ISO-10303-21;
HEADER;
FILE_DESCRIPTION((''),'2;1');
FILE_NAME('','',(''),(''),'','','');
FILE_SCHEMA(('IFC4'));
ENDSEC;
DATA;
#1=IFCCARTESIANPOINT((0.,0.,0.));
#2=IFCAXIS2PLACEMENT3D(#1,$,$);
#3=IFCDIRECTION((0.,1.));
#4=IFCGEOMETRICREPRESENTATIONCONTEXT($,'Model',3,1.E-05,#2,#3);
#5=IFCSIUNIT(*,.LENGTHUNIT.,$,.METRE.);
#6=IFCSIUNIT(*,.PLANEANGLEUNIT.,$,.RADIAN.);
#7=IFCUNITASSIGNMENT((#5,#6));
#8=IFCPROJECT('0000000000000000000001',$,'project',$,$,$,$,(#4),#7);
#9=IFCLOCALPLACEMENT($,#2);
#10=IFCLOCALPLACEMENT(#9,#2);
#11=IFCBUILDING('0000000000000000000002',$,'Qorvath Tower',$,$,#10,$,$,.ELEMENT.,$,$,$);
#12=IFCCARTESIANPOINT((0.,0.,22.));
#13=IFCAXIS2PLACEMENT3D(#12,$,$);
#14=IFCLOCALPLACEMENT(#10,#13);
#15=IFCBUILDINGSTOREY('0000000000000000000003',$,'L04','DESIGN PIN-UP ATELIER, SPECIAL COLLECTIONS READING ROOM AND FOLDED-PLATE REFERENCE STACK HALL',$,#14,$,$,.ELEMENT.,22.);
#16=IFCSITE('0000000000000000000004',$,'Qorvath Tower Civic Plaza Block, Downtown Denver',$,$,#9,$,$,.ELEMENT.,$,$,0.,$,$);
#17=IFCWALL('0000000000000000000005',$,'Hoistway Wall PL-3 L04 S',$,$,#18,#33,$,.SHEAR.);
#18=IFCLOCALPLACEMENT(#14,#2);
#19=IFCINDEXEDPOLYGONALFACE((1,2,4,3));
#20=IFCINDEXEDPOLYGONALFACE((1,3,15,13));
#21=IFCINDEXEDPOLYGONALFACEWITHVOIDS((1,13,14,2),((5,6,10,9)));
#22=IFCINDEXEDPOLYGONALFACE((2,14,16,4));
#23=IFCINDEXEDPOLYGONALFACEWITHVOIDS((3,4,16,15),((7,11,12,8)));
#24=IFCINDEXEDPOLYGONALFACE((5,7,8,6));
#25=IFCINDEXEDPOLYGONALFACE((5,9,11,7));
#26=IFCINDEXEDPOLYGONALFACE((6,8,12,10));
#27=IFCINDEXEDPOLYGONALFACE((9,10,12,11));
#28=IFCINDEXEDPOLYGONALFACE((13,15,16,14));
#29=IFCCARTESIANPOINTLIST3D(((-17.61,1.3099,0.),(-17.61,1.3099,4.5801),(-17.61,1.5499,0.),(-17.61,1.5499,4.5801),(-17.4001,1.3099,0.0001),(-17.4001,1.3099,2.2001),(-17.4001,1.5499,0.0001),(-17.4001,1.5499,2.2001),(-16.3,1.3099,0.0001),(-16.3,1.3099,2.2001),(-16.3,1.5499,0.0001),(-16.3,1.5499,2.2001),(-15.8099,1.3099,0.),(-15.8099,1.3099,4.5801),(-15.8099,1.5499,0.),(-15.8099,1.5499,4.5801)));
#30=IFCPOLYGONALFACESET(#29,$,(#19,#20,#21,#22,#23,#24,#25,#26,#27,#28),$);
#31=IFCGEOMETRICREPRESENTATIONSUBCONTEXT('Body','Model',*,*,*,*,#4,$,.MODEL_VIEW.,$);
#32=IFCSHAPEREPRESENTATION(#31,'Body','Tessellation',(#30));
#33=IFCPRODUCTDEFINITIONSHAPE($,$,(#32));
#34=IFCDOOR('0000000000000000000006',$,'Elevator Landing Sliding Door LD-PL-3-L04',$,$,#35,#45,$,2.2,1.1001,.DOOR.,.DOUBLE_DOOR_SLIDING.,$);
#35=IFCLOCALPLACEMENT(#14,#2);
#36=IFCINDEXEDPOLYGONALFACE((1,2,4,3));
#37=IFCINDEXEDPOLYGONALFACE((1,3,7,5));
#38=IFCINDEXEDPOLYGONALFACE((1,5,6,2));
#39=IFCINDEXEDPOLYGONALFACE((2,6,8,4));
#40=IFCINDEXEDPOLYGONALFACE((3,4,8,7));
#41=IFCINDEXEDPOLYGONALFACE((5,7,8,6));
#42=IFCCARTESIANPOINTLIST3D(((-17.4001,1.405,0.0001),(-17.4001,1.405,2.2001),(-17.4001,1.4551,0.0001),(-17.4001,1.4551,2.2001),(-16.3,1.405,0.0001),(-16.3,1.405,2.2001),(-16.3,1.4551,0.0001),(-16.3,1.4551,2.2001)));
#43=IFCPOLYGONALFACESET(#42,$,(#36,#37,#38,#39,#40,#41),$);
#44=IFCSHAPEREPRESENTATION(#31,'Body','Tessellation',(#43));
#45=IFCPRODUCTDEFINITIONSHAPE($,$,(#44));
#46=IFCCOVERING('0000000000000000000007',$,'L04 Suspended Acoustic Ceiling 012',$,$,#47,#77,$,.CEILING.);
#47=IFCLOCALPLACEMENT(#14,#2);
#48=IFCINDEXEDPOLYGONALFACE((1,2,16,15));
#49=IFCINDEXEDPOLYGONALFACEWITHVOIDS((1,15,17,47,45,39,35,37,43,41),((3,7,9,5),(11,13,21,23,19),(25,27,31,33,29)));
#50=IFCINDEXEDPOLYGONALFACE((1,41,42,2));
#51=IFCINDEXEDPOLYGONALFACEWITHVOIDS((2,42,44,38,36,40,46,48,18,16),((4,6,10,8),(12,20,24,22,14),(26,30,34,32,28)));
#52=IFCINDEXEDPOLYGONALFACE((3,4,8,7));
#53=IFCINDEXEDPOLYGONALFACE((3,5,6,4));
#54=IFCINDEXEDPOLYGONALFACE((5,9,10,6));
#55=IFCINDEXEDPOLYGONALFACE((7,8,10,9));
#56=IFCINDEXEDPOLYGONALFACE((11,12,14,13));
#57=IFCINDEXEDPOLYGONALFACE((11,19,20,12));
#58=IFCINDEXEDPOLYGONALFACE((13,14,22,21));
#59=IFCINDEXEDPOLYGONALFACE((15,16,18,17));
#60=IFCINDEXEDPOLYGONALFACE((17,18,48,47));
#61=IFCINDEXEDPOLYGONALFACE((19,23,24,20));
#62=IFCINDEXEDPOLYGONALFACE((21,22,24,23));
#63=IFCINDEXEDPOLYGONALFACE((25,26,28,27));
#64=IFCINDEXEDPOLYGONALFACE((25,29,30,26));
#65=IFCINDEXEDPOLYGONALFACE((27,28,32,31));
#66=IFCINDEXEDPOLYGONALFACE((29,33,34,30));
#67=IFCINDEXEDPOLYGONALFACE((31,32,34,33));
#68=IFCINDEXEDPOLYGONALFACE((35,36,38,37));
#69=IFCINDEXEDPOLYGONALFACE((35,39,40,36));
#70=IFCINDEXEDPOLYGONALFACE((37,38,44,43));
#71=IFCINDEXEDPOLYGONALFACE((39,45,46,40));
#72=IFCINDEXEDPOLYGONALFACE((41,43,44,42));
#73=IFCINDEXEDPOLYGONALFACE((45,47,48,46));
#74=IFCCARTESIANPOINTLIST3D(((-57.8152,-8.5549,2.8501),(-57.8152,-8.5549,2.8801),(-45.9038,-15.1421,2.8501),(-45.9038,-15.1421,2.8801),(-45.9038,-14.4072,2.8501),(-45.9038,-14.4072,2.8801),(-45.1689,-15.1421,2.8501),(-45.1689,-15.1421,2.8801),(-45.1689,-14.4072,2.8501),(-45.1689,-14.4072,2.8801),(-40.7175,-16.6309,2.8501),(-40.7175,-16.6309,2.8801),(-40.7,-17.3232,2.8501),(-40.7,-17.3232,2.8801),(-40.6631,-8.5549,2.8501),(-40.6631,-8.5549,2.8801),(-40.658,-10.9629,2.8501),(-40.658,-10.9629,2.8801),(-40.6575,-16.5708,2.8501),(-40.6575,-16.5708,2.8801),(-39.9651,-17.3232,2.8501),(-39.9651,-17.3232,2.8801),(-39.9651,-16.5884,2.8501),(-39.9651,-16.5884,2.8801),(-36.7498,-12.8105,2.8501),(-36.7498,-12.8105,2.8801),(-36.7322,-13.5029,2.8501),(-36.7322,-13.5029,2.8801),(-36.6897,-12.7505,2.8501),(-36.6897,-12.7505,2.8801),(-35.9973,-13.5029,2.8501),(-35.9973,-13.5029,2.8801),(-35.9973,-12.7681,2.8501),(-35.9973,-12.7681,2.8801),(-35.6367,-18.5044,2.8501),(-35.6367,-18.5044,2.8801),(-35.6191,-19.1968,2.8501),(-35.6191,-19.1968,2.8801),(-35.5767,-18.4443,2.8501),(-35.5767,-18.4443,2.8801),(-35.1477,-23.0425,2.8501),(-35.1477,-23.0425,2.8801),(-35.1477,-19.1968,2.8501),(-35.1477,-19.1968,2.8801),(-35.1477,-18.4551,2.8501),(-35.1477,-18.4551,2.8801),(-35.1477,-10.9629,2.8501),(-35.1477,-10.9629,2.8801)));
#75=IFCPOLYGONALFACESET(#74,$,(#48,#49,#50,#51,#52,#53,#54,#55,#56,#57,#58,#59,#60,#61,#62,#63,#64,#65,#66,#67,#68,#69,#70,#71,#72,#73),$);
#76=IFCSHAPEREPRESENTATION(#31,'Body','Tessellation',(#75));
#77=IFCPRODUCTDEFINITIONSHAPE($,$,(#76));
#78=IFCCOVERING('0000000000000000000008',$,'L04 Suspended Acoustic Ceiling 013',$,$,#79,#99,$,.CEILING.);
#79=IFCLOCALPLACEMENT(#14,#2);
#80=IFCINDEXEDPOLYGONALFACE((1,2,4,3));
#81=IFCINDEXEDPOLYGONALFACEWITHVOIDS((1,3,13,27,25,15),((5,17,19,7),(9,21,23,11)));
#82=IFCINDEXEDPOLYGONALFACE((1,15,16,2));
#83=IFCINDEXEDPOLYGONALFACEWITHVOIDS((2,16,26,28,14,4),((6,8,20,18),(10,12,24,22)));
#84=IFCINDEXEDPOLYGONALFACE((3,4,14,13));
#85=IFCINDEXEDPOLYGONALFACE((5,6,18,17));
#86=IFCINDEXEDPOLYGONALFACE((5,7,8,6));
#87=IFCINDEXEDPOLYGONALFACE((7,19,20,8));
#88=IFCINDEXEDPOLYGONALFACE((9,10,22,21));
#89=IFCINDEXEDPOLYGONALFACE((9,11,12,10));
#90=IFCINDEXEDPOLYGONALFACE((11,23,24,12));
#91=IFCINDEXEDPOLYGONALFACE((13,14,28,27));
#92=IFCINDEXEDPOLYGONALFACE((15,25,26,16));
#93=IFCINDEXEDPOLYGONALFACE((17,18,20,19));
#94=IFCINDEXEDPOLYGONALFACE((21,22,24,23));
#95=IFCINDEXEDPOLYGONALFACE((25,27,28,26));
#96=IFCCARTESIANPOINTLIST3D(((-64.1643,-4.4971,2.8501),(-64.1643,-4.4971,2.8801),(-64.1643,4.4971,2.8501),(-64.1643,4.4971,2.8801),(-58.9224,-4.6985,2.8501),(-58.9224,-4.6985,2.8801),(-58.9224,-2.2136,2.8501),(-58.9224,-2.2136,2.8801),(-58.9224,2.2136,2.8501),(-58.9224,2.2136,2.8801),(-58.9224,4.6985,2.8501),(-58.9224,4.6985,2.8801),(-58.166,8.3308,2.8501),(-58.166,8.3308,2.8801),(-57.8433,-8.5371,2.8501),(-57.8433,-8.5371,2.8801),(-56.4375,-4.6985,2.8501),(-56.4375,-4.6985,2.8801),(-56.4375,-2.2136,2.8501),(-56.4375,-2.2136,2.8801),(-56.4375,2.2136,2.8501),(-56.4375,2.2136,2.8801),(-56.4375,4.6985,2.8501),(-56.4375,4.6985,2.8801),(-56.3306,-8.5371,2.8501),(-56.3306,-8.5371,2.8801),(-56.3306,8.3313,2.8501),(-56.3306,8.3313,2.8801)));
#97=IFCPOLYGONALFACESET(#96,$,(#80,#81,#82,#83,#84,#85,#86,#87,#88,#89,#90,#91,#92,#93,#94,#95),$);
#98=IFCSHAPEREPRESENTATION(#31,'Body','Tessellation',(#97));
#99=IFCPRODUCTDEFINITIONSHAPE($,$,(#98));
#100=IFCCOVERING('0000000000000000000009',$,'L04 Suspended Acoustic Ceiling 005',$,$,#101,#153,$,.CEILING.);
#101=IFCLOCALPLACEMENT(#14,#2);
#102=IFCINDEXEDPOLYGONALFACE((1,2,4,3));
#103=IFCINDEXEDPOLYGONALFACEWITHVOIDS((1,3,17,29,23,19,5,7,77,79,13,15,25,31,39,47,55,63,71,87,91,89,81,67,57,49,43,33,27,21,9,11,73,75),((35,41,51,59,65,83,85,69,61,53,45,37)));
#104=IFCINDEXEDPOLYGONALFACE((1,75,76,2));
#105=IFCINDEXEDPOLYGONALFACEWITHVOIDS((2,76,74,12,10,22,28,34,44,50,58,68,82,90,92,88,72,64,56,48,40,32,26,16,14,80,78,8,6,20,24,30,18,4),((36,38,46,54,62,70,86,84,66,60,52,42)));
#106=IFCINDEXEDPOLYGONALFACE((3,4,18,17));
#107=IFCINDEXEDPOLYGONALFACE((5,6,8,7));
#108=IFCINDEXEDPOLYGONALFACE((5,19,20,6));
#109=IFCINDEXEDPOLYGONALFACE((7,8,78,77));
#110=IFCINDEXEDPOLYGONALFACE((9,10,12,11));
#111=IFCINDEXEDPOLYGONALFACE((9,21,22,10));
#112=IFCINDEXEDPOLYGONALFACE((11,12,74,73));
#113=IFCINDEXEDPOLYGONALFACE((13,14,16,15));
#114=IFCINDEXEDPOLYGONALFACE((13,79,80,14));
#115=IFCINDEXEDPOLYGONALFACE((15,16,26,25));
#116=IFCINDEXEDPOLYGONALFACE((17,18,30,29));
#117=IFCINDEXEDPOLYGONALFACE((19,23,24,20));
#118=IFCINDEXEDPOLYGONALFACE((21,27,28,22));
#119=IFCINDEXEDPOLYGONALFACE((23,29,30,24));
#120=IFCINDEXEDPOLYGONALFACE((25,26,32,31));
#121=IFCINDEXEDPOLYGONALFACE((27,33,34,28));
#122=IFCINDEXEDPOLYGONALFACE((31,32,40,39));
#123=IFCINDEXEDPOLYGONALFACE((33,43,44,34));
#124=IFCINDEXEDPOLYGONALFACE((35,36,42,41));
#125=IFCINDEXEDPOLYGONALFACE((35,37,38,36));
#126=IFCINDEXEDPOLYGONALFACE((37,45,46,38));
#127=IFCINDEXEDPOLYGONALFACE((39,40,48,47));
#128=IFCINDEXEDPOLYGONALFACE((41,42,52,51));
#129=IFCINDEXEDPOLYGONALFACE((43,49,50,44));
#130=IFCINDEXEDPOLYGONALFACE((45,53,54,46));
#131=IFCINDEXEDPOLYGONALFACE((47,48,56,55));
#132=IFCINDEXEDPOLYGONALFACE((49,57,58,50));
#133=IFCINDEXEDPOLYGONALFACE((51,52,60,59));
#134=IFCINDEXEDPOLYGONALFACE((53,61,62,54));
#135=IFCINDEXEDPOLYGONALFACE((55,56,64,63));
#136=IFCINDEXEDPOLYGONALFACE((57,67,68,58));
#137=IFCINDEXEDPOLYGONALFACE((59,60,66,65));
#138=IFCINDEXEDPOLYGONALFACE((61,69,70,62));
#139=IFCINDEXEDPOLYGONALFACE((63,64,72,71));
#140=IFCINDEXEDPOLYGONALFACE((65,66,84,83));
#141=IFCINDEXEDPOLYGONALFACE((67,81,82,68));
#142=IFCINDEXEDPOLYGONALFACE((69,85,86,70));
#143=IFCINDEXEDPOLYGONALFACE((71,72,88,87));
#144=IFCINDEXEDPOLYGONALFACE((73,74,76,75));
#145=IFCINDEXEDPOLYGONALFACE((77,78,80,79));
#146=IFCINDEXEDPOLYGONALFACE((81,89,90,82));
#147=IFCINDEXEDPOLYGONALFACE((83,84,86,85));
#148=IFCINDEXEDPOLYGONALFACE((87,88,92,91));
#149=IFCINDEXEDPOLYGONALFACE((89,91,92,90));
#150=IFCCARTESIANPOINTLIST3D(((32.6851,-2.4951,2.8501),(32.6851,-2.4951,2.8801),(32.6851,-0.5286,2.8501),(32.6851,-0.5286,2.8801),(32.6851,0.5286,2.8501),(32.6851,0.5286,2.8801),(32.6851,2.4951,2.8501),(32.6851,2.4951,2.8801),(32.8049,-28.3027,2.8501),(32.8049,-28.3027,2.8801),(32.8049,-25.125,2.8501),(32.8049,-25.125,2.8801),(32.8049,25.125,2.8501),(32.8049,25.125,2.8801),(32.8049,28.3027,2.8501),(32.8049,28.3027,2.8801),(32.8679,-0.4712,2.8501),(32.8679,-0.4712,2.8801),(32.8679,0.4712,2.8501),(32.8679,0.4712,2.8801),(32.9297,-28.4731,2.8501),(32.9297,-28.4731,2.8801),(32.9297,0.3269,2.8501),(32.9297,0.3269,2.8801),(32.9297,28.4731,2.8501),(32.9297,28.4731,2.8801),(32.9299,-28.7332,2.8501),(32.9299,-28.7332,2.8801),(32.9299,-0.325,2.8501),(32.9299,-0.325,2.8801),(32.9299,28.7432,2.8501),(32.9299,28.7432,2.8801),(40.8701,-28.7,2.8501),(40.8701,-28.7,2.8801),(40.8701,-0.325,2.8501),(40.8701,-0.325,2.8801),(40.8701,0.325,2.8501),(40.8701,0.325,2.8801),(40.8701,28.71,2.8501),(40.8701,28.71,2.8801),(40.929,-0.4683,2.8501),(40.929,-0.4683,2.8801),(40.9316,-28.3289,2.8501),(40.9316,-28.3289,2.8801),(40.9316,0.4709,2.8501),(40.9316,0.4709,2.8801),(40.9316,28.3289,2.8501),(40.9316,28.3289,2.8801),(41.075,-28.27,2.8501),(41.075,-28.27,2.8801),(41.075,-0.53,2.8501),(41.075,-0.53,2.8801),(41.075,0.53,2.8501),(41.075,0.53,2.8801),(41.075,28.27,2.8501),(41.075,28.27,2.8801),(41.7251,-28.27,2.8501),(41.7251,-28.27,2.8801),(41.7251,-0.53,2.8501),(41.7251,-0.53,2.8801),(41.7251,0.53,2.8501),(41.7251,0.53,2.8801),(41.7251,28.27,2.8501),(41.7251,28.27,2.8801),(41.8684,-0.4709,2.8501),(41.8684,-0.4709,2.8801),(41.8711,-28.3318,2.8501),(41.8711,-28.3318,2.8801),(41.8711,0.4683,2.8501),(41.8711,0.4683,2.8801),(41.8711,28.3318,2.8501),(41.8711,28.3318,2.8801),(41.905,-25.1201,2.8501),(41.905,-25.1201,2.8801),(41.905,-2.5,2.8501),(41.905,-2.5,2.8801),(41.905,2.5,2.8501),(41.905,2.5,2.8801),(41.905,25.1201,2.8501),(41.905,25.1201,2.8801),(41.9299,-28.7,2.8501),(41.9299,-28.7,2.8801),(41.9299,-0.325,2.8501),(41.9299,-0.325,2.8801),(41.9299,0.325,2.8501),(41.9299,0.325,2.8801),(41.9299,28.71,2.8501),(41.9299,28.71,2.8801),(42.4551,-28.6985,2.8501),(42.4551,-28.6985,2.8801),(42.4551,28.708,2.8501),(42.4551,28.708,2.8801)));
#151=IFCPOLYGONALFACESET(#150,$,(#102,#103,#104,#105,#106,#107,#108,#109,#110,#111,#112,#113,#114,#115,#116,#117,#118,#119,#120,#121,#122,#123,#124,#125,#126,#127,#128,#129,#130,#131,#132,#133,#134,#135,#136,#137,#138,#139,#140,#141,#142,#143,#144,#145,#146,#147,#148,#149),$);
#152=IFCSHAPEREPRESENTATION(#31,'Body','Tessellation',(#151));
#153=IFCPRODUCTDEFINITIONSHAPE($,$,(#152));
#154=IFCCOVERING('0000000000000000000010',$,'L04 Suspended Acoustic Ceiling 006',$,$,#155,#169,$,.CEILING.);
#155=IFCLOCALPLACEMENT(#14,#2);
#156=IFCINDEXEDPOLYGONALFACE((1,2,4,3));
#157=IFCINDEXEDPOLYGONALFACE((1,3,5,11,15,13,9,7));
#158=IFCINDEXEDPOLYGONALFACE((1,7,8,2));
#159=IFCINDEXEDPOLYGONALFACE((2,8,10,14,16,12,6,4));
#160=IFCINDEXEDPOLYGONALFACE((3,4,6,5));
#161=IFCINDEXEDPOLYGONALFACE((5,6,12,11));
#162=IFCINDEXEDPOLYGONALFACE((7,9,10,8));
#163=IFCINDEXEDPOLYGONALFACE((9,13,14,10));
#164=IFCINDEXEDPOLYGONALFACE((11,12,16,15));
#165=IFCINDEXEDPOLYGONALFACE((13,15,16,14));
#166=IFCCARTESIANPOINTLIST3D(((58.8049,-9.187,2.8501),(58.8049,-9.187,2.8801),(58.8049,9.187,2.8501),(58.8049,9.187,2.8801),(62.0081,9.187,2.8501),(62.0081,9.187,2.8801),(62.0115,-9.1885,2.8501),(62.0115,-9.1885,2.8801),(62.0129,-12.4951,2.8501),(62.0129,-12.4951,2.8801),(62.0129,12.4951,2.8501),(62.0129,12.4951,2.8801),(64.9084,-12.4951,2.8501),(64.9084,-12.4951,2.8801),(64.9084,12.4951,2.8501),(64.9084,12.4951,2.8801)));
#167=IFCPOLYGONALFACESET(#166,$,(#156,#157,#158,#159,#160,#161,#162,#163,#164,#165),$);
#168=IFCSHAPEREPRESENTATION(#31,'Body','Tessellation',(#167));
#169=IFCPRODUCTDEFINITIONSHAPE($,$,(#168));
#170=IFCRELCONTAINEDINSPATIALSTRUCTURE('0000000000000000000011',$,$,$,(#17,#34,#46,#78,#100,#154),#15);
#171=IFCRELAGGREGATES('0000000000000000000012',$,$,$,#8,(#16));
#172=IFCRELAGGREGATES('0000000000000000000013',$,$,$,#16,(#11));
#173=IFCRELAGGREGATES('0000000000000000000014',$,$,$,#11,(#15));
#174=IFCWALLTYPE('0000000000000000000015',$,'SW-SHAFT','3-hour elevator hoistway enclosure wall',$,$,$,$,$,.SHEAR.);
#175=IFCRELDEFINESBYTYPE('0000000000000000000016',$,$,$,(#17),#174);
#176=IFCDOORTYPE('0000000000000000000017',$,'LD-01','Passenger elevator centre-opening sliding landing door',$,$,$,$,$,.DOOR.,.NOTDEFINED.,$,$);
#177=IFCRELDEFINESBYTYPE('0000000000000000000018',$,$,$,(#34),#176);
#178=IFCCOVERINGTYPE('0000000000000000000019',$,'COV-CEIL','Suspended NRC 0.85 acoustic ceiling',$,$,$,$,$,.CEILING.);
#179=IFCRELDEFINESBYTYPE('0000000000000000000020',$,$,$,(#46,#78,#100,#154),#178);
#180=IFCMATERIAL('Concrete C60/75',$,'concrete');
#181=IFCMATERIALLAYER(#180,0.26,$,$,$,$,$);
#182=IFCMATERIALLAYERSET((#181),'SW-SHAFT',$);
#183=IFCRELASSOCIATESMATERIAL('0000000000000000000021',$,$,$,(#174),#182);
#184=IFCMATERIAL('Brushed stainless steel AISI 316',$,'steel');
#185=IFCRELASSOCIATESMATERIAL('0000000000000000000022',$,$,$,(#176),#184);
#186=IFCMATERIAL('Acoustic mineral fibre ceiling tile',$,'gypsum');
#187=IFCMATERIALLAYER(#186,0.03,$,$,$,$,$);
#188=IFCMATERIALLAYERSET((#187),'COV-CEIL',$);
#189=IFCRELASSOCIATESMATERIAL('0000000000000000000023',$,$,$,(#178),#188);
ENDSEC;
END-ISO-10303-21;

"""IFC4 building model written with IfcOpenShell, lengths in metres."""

from ifc_helpers import new_model, si_unit, direction, frame, frame_2d, origin, place, context, subcontext, project, spatial, polyline, rectangle, outline, extrude, material, layer, layer_set, type_object, element, fill, save


model = new_model("IFC4")

# Units and contexts
model_context = context("Model", 3, precision=1e-05, world=origin(), true_north=direction((0.0, 1.0)))
body_context = subcontext(model_context, "Body", "Model", "MODEL_VIEW")
ifc_project = project(units=[si_unit("LENGTHUNIT", "METRE"), si_unit("PLANEANGLEUNIT", "RADIAN")], contexts=[model_context])

# Site, building, storey
site_placement = place(None, origin())
site = spatial("IfcSite", under=ifc_project, at=site_placement, Name="Qorvath Tower Civic Plaza Block, Downtown Denver", CompositionType="ELEMENT", RefElevation=0.0)
building_placement = place(site_placement, origin())
building = spatial("IfcBuilding", under=site, at=building_placement, Name="Qorvath Tower", CompositionType="ELEMENT")
storey_placement = place(building_placement, frame((0.0, 0.0, 22.0)))
storey = spatial("IfcBuildingStorey", under=building, at=storey_placement, Name="L04", Description="DESIGN PIN-UP ATELIER, SPECIAL COLLECTIONS READING ROOM AND FOLDED-PLATE REFERENCE STACK HALL", CompositionType="ELEMENT", Elevation=22.0)

# Wall, opening, door
ifc_material_1 = material(Name="Concrete C60/75", Category="concrete")
ifc_layer_1 = layer(ifc_material_1, 0.26)
ifc_layer_set_1 = layer_set([ifc_layer_1], Name="SW-SHAFT")
wall_type = type_object("IfcWallType", Name="SW-SHAFT", Description="3-hour elevator hoistway enclosure wall", PredefinedType="SHEAR", material=ifc_layer_set_1)
wall_placement = place(storey_placement, frame((-15.8101, 1.4299, 0.0), z_axis=(0.0, 0.0, 1.0), x_axis=(-1.0, 0.0, 0.0)))
wall = element("IfcWall", 1, at=wall_placement, inside=storey, type_object=wall_type, Name="Hoistway Wall PL-3 L04 S", PredefinedType="SHEAR", context=body_context, shape_type="SweptSolid", body=[
    extrude(rectangle(XDim=1.8, YDim=0.24, at=frame_2d((0.8999, 0.0))), origin(), (0.0, 0.0, 1.0), 4.5801),
])
opening_placement = place(wall_placement, frame((0.49, 0.0, 0.0)))
opening = element("IfcOpeningElement", 2, at=opening_placement, cuts=wall, PredefinedType="OPENING", context=body_context, shape_type="SweptSolid", body=[
    extrude(rectangle(XDim=1.1001, YDim=2.2, at=frame_2d((0.55, 1.1001))), frame((0.0, 0.1299, 0.0), z_axis=(0.0, -1.0, 0.0), x_axis=(1.0, 0.0, 0.0)), (0.0, 0.0, 1.0), 0.26),
])
ifc_material_2 = material(Name="Brushed stainless steel AISI 316", Category="steel")
door_type = type_object("IfcDoorType", Name="LD-01", Description="Passenger elevator centre-opening sliding landing door", OperationType="NOTDEFINED", PredefinedType="DOOR", material=ifc_material_2)
door_placement = place(opening_placement, origin())
door = element("IfcDoor", 3, at=door_placement, inside=storey, type_object=door_type, Name="Elevator Landing Sliding Door LD-PL-3-L04", OperationType="DOUBLE_DOOR_SLIDING", OverallHeight=2.2, OverallWidth=1.1001, PredefinedType="DOOR", context=body_context, shape_type="SweptSolid", body=[
    extrude(rectangle(XDim=1.1001, YDim=2.2, at=frame_2d((0.55, 1.1001))), frame((0.0, 0.0249, 0.0), z_axis=(0.0, -1.0, 0.0), x_axis=(1.0, 0.0, 0.0)), (0.0, 0.0, 1.0), 0.05),
])
fill(opening, door)

# Coverings
ifc_material_3 = material(Name="Acoustic mineral fibre ceiling tile", Category="gypsum")
ifc_layer_2 = layer(ifc_material_3, 0.03)
ifc_layer_set_2 = layer_set([ifc_layer_2], Name="COV-CEIL")
covering_type_1 = type_object("IfcCoveringType", Name="COV-CEIL", Description="Suspended NRC 0.85 acoustic ceiling", PredefinedType="CEILING", material=ifc_layer_set_2)
covering_1_placement = place(storey_placement, frame((0.0, 0.0, 2.8501)))
element("IfcCovering", 4, at=covering_1_placement, inside=storey, type_object=covering_type_1, Name="L04 Suspended Acoustic Ceiling 012", PredefinedType="CEILING", context=body_context, shape_type="SweptSolid", body=[
    extrude(outline(polyline([(-35.1477, -23.0425), (-35.1477, -19.1968), (-35.6191, -19.1968), (-35.6367, -18.5044), (-35.5767, -18.4443), (-35.1477, -18.4551), (-35.1477, -10.9629), (-40.658, -10.9629), (-40.6631, -8.5549), (-57.8152, -8.5549), (-35.1477, -23.0425)]), holes=[polyline([(-36.7498, -12.8105), (-36.6897, -12.7505), (-35.9973, -12.7681), (-35.9973, -13.5029), (-36.7322, -13.5029), (-36.7498, -12.8105)]), polyline([(-40.7175, -16.6309), (-40.6575, -16.5708), (-39.9651, -16.5884), (-39.9651, -17.3232), (-40.7, -17.3232), (-40.7175, -16.6309)]), polyline([(-45.9038, -14.4072), (-45.1689, -14.4072), (-45.1689, -15.1421), (-45.9038, -15.1421), (-45.9038, -14.4072)])]), origin(), (0.0, 0.0, 1.0), 0.03),
])
covering_2_placement = place(storey_placement, frame((0.0, 0.0, 2.8501)))
element("IfcCovering", 5, at=covering_2_placement, inside=storey, type_object=covering_type_1, Name="L04 Suspended Acoustic Ceiling 013", PredefinedType="CEILING", context=body_context, shape_type="SweptSolid", body=[
    extrude(outline(polyline([(-56.3306, -8.5371), (-56.3306, 8.3313), (-58.166, 8.3308), (-64.1643, 4.4971), (-64.1643, -4.4971), (-57.8433, -8.5371), (-56.3306, -8.5371)]), holes=[polyline([(-58.9224, -2.2136), (-56.4375, -2.2136), (-56.4375, -4.6985), (-58.9224, -4.6985), (-58.9224, -2.2136)]), polyline([(-58.9224, 4.6985), (-56.4375, 4.6985), (-56.4375, 2.2136), (-58.9224, 2.2136), (-58.9224, 4.6985)])]), origin(), (0.0, 0.0, 1.0), 0.03),
])
covering_3_placement = place(storey_placement, frame((0.0, 0.0, 2.8501)))
element("IfcCovering", 6, at=covering_3_placement, inside=storey, type_object=covering_type_1, Name="L04 Suspended Acoustic Ceiling 005", PredefinedType="CEILING", context=body_context, shape_type="SweptSolid", body=[
    extrude(outline(polyline([(41.905, -25.1201), (32.8049, -25.125), (32.8049, -28.3027), (32.9297, -28.4731), (32.9299, -28.7332), (40.8701, -28.7), (40.9316, -28.3289), (41.075, -28.27), (41.7251, -28.27), (41.8711, -28.3318), (41.9299, -28.7), (42.4551, -28.6985), (42.4551, 28.708), (41.9299, 28.71), (41.8711, 28.3318), (41.7251, 28.27), (41.075, 28.27), (40.9316, 28.3289), (40.8701, 28.71), (32.9299, 28.7432), (32.9297, 28.4731), (32.8049, 28.3027), (32.8049, 25.125), (41.905, 25.1201), (41.905, 2.5), (32.6851, 2.4951), (32.6851, 0.5286), (32.8679, 0.4712), (32.9297, 0.3269), (32.9299, -0.325), (32.8679, -0.4712), (32.6851, -0.5286), (32.6851, -2.4951), (41.905, -2.5), (41.905, -25.1201)]), holes=[polyline([(40.929, -0.4683), (40.8701, -0.325), (40.8701, 0.325), (40.9316, 0.4709), (41.075, 0.53), (41.7251, 0.53), (41.8711, 0.4683), (41.9299, 0.325), (41.9299, -0.325), (41.8684, -0.4709), (41.7251, -0.53), (41.075, -0.53), (40.929, -0.4683)])]), origin(), (0.0, 0.0, 1.0), 0.03),
])
covering_4_placement = place(storey_placement, frame((0.0, 0.0, 2.8501)))
element("IfcCovering", 7, at=covering_4_placement, inside=storey, type_object=covering_type_1, Name="L04 Suspended Acoustic Ceiling 006", PredefinedType="CEILING", context=body_context, shape_type="SweptSolid", body=[
    extrude(outline(polyline([(62.0081, 9.187), (58.8049, 9.187), (58.8049, -9.187), (62.0115, -9.1885), (62.0129, -12.4951), (64.9084, -12.4951), (64.9084, 12.4951), (62.0129, 12.4951), (62.0081, 9.187)])), origin(), (0.0, 0.0, 1.0), 0.03),
])

save(model, "model.ifc")
